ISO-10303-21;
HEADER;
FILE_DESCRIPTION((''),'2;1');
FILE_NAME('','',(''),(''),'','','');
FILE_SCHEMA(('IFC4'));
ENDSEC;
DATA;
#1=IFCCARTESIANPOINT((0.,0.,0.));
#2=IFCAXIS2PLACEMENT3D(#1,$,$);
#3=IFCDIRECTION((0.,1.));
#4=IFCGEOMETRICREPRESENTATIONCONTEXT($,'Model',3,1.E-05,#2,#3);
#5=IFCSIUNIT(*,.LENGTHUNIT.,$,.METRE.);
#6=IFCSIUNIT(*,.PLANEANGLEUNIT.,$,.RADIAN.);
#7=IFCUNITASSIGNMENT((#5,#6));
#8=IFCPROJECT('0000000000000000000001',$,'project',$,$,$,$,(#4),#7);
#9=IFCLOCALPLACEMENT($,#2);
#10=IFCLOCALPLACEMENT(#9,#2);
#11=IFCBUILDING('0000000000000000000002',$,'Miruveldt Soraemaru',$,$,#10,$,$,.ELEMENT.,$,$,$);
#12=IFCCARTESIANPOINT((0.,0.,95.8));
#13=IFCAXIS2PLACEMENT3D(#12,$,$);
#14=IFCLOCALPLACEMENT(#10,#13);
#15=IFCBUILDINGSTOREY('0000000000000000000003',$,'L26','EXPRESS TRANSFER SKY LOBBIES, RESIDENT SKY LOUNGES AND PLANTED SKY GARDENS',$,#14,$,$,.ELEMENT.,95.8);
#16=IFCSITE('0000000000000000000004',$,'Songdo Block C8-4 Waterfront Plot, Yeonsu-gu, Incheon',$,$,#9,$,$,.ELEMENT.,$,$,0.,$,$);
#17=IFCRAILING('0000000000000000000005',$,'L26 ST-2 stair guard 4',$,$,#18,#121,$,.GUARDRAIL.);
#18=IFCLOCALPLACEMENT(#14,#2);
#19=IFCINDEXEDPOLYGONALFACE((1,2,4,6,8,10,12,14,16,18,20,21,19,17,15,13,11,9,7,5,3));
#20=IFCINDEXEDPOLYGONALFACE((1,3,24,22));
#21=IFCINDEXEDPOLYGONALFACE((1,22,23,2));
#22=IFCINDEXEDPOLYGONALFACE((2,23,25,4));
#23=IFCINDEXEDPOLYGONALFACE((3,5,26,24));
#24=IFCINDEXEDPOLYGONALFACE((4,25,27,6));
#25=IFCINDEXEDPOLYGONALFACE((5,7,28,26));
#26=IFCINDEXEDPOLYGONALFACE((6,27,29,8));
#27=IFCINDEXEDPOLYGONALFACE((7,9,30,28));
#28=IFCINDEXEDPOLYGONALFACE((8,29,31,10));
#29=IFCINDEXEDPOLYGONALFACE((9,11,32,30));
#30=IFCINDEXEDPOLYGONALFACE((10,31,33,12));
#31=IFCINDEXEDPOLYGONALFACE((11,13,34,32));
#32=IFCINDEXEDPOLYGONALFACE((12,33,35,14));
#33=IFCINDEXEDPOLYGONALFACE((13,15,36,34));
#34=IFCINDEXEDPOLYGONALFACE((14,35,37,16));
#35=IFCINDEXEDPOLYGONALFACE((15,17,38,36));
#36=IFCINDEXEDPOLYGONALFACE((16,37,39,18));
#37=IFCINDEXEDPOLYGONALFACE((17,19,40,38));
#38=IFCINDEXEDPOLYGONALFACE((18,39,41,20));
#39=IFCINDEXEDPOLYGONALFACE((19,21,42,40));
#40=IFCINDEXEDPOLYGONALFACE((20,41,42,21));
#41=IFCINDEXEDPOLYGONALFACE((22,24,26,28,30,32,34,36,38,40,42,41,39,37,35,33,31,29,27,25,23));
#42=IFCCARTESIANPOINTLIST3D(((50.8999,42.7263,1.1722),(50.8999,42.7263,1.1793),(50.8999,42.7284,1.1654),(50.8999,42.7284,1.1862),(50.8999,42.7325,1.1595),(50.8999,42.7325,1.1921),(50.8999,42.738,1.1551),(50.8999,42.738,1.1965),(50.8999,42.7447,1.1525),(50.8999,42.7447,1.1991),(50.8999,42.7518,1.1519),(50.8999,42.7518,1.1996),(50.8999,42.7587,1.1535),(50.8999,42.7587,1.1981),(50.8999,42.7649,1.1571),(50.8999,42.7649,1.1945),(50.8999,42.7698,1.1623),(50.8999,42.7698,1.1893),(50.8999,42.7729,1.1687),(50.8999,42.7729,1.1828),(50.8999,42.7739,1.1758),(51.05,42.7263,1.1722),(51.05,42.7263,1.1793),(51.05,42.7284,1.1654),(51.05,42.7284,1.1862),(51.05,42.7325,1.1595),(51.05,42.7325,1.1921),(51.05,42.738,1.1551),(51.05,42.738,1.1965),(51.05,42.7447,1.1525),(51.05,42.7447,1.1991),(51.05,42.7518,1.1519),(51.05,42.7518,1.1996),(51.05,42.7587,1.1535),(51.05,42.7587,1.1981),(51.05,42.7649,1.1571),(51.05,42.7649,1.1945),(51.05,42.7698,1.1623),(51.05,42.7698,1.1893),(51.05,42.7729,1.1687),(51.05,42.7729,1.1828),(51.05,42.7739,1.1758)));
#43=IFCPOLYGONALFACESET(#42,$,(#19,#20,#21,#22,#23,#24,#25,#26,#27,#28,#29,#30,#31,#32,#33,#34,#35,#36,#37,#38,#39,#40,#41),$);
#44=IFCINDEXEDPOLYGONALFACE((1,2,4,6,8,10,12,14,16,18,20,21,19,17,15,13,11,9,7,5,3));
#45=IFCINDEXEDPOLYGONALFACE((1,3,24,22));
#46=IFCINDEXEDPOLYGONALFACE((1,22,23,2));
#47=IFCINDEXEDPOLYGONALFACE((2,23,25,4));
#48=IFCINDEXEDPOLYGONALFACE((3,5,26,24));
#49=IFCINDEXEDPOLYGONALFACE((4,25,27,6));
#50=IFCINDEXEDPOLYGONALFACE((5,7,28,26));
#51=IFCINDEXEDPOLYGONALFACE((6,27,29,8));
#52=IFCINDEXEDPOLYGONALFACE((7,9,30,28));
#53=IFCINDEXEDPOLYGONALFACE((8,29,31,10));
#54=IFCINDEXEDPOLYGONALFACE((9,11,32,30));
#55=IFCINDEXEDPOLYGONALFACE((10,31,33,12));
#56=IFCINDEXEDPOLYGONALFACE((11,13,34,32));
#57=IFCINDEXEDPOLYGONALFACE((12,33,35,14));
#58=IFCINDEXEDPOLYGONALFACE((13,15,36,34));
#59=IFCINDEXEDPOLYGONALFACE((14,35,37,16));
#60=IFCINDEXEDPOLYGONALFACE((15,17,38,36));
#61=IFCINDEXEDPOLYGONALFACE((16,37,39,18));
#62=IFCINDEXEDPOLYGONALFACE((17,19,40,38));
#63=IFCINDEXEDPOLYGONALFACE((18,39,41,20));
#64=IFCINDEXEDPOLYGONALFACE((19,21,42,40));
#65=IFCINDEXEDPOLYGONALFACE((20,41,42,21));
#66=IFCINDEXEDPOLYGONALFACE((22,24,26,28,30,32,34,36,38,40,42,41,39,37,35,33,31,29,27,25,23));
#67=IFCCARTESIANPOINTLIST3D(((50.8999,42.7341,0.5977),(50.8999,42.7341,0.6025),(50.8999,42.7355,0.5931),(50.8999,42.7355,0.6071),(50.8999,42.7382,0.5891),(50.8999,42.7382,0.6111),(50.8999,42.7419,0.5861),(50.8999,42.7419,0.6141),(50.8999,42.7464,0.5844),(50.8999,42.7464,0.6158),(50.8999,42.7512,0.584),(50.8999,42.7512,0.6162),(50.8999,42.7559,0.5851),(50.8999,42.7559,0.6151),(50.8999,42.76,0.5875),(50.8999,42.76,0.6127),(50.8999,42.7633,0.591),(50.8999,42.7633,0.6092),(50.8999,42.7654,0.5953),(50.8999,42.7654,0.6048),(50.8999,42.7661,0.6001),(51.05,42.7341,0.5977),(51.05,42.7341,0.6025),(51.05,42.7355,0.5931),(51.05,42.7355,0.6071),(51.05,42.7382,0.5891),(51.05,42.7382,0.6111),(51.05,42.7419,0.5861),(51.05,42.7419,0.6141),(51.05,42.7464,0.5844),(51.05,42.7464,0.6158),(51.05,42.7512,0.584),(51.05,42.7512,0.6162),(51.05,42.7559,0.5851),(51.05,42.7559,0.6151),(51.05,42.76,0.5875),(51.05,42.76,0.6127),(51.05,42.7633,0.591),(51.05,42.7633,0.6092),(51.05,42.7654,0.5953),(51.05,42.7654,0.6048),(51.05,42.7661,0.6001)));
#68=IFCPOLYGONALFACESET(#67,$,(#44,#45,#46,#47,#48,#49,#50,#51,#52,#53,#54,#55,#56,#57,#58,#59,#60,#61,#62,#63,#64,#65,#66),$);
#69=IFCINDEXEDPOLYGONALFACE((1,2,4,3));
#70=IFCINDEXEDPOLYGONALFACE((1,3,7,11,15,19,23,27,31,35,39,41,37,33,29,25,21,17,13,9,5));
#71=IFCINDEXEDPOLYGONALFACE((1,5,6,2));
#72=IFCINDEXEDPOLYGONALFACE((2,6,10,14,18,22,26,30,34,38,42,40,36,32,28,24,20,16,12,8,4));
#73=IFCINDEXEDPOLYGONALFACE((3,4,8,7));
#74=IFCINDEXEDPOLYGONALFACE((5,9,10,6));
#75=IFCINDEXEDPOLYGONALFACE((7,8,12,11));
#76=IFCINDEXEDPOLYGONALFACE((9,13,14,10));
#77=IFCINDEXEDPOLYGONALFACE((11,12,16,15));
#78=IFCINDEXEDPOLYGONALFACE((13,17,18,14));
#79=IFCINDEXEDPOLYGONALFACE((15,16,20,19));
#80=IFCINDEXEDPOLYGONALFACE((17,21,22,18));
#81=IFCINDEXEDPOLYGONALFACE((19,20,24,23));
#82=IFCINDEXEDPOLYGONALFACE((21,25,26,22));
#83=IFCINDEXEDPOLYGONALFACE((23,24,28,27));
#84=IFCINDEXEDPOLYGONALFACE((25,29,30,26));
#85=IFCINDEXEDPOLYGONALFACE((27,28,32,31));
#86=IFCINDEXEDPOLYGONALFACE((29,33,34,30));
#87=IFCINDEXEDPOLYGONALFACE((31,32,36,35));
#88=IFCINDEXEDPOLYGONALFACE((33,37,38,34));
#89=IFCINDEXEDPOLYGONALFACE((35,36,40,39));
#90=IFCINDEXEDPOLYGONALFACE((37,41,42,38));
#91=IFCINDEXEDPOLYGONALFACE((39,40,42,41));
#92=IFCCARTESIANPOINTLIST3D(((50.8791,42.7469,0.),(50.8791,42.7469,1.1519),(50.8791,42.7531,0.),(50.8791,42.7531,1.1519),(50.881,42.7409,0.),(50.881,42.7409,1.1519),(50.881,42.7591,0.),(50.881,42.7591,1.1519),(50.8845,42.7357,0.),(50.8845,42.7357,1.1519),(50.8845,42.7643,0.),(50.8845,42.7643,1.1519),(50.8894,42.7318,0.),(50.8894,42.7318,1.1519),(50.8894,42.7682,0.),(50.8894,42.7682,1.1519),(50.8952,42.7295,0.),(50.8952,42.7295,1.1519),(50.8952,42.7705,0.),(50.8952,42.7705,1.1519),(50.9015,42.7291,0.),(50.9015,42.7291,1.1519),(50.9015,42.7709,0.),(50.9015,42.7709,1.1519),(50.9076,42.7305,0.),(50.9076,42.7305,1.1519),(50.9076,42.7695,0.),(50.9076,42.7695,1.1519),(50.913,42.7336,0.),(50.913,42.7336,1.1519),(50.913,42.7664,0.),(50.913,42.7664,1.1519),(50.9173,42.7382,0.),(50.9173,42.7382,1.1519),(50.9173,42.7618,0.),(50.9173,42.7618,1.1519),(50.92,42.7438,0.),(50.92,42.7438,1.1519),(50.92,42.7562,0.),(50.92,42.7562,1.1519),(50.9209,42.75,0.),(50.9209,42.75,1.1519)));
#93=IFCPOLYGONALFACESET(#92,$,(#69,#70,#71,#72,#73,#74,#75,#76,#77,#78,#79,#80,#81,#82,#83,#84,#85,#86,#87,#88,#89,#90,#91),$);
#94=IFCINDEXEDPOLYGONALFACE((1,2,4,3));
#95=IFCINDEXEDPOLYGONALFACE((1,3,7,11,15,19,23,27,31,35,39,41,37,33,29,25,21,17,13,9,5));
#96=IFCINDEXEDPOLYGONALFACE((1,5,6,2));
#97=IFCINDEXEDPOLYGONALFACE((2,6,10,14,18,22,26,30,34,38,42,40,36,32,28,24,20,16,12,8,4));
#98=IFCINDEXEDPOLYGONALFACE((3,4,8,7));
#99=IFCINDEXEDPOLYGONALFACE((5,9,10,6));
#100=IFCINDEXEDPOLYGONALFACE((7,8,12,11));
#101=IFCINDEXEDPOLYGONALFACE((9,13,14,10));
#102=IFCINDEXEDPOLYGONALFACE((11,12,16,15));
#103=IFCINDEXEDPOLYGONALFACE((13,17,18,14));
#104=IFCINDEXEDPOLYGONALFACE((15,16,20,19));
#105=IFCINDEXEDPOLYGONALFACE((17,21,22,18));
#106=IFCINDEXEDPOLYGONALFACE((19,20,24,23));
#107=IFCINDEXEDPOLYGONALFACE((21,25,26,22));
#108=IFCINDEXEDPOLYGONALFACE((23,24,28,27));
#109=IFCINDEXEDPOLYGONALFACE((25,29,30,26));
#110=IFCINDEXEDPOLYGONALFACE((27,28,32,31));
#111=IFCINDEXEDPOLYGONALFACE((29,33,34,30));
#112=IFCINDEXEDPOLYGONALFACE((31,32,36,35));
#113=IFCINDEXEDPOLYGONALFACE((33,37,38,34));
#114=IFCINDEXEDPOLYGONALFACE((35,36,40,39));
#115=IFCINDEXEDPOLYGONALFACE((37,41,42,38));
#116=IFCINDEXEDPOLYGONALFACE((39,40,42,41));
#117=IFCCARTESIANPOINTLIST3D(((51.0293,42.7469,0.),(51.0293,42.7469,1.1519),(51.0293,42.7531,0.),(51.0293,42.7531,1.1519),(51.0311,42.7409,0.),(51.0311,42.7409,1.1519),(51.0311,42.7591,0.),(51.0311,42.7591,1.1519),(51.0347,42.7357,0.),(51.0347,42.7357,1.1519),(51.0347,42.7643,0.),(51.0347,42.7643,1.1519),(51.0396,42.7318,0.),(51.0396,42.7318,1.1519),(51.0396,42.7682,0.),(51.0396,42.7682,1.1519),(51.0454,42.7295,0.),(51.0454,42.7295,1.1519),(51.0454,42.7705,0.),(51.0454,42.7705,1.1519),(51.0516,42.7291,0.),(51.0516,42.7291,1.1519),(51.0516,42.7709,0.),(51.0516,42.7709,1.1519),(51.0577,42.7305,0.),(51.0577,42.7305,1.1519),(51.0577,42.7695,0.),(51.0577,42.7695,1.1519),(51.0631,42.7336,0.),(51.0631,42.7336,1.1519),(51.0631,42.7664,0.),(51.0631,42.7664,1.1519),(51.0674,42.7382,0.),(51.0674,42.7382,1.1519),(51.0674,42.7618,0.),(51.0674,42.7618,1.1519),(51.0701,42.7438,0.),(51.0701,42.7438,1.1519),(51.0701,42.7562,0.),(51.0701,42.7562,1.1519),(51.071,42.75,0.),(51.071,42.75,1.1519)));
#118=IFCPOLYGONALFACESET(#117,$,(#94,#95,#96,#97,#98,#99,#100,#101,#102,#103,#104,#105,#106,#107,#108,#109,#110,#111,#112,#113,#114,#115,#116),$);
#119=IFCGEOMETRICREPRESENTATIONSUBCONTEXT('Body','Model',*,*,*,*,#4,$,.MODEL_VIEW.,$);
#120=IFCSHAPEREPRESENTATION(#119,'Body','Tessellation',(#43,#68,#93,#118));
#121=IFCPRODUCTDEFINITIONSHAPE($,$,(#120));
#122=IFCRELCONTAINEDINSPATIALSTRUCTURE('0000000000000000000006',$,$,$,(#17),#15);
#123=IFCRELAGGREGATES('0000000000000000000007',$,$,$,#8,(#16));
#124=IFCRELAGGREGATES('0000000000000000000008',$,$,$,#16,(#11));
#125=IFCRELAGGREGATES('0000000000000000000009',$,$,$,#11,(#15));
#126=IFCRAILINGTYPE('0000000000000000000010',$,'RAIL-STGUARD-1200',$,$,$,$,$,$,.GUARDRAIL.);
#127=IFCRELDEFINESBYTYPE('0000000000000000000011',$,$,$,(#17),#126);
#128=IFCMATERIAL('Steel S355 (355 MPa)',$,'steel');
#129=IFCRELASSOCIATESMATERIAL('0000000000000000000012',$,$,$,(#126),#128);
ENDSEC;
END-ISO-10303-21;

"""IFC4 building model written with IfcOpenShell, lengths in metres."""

from ifc_helpers import new_model, si_unit, direction, frame, origin, origin_2d, place, context, subcontext, project, spatial, circle, extrude, material, type_object, element, save


model = new_model("IFC4")

# Units and contexts
model_context = context("Model", 3, precision=1e-05, world=origin(), true_north=direction((0.0, 1.0)))
body_context = subcontext(model_context, "Body", "Model", "MODEL_VIEW")
ifc_project = project(units=[si_unit("LENGTHUNIT", "METRE"), si_unit("PLANEANGLEUNIT", "RADIAN")], contexts=[model_context])

# Site, building, storey
site_placement = place(None, origin())
site = spatial("IfcSite", under=ifc_project, at=site_placement, Name="Songdo Block C8-4 Waterfront Plot, Yeonsu-gu, Incheon", CompositionType="ELEMENT", RefElevation=0.0)
building_placement = place(site_placement, origin())
building = spatial("IfcBuilding", under=site, at=building_placement, Name="Miruveldt Soraemaru", CompositionType="ELEMENT")
storey_placement = place(building_placement, frame((0.0, 0.0, 95.8)))
storey = spatial("IfcBuildingStorey", under=building, at=storey_placement, Name="L26", Description="EXPRESS TRANSFER SKY LOBBIES, RESIDENT SKY LOUNGES AND PLANTED SKY GARDENS", CompositionType="ELEMENT", Elevation=95.8)

# Railing
ifc_material_1 = material(Name="Steel S355 (355 MPa)", Category="steel")
railing_type_1 = type_object("IfcRailingType", Name="RAIL-STGUARD-1200", PredefinedType="GUARDRAIL", material=ifc_material_1)
railing_1_placement = place(storey_placement, frame((50.8999, 42.75, 0.0)))
element("IfcRailing", 1, at=railing_1_placement, inside=storey, type_object=railing_type_1, Name="L26 ST-2 stair guard 4", PredefinedType="GUARDRAIL", context=body_context, shape_type="SweptSolid", body=[
    extrude(circle(Radius=0.0239, at=origin_2d()), frame((0.0, 0.0, 1.1758), z_axis=(1.0, 0.0, 0.0), x_axis=(0.0, 1.0, 0.0)), (0.0, 0.0, 1.0), 0.1501),
    extrude(circle(Radius=0.0161, at=origin_2d()), frame((0.0, 0.0, 0.6001), z_axis=(1.0, 0.0, 0.0), x_axis=(0.0, 1.0, 0.0)), (0.0, 0.0, 1.0), 0.1501),
    extrude(circle(Radius=0.021, at=origin_2d()), origin(), (0.0, 0.0, 1.0), 1.1519),
    extrude(circle(Radius=0.021, at=origin_2d()), frame((0.1501, 0.0, 0.0)), (0.0, 0.0, 1.0), 1.1519),
])

save(model, "model.ifc")
